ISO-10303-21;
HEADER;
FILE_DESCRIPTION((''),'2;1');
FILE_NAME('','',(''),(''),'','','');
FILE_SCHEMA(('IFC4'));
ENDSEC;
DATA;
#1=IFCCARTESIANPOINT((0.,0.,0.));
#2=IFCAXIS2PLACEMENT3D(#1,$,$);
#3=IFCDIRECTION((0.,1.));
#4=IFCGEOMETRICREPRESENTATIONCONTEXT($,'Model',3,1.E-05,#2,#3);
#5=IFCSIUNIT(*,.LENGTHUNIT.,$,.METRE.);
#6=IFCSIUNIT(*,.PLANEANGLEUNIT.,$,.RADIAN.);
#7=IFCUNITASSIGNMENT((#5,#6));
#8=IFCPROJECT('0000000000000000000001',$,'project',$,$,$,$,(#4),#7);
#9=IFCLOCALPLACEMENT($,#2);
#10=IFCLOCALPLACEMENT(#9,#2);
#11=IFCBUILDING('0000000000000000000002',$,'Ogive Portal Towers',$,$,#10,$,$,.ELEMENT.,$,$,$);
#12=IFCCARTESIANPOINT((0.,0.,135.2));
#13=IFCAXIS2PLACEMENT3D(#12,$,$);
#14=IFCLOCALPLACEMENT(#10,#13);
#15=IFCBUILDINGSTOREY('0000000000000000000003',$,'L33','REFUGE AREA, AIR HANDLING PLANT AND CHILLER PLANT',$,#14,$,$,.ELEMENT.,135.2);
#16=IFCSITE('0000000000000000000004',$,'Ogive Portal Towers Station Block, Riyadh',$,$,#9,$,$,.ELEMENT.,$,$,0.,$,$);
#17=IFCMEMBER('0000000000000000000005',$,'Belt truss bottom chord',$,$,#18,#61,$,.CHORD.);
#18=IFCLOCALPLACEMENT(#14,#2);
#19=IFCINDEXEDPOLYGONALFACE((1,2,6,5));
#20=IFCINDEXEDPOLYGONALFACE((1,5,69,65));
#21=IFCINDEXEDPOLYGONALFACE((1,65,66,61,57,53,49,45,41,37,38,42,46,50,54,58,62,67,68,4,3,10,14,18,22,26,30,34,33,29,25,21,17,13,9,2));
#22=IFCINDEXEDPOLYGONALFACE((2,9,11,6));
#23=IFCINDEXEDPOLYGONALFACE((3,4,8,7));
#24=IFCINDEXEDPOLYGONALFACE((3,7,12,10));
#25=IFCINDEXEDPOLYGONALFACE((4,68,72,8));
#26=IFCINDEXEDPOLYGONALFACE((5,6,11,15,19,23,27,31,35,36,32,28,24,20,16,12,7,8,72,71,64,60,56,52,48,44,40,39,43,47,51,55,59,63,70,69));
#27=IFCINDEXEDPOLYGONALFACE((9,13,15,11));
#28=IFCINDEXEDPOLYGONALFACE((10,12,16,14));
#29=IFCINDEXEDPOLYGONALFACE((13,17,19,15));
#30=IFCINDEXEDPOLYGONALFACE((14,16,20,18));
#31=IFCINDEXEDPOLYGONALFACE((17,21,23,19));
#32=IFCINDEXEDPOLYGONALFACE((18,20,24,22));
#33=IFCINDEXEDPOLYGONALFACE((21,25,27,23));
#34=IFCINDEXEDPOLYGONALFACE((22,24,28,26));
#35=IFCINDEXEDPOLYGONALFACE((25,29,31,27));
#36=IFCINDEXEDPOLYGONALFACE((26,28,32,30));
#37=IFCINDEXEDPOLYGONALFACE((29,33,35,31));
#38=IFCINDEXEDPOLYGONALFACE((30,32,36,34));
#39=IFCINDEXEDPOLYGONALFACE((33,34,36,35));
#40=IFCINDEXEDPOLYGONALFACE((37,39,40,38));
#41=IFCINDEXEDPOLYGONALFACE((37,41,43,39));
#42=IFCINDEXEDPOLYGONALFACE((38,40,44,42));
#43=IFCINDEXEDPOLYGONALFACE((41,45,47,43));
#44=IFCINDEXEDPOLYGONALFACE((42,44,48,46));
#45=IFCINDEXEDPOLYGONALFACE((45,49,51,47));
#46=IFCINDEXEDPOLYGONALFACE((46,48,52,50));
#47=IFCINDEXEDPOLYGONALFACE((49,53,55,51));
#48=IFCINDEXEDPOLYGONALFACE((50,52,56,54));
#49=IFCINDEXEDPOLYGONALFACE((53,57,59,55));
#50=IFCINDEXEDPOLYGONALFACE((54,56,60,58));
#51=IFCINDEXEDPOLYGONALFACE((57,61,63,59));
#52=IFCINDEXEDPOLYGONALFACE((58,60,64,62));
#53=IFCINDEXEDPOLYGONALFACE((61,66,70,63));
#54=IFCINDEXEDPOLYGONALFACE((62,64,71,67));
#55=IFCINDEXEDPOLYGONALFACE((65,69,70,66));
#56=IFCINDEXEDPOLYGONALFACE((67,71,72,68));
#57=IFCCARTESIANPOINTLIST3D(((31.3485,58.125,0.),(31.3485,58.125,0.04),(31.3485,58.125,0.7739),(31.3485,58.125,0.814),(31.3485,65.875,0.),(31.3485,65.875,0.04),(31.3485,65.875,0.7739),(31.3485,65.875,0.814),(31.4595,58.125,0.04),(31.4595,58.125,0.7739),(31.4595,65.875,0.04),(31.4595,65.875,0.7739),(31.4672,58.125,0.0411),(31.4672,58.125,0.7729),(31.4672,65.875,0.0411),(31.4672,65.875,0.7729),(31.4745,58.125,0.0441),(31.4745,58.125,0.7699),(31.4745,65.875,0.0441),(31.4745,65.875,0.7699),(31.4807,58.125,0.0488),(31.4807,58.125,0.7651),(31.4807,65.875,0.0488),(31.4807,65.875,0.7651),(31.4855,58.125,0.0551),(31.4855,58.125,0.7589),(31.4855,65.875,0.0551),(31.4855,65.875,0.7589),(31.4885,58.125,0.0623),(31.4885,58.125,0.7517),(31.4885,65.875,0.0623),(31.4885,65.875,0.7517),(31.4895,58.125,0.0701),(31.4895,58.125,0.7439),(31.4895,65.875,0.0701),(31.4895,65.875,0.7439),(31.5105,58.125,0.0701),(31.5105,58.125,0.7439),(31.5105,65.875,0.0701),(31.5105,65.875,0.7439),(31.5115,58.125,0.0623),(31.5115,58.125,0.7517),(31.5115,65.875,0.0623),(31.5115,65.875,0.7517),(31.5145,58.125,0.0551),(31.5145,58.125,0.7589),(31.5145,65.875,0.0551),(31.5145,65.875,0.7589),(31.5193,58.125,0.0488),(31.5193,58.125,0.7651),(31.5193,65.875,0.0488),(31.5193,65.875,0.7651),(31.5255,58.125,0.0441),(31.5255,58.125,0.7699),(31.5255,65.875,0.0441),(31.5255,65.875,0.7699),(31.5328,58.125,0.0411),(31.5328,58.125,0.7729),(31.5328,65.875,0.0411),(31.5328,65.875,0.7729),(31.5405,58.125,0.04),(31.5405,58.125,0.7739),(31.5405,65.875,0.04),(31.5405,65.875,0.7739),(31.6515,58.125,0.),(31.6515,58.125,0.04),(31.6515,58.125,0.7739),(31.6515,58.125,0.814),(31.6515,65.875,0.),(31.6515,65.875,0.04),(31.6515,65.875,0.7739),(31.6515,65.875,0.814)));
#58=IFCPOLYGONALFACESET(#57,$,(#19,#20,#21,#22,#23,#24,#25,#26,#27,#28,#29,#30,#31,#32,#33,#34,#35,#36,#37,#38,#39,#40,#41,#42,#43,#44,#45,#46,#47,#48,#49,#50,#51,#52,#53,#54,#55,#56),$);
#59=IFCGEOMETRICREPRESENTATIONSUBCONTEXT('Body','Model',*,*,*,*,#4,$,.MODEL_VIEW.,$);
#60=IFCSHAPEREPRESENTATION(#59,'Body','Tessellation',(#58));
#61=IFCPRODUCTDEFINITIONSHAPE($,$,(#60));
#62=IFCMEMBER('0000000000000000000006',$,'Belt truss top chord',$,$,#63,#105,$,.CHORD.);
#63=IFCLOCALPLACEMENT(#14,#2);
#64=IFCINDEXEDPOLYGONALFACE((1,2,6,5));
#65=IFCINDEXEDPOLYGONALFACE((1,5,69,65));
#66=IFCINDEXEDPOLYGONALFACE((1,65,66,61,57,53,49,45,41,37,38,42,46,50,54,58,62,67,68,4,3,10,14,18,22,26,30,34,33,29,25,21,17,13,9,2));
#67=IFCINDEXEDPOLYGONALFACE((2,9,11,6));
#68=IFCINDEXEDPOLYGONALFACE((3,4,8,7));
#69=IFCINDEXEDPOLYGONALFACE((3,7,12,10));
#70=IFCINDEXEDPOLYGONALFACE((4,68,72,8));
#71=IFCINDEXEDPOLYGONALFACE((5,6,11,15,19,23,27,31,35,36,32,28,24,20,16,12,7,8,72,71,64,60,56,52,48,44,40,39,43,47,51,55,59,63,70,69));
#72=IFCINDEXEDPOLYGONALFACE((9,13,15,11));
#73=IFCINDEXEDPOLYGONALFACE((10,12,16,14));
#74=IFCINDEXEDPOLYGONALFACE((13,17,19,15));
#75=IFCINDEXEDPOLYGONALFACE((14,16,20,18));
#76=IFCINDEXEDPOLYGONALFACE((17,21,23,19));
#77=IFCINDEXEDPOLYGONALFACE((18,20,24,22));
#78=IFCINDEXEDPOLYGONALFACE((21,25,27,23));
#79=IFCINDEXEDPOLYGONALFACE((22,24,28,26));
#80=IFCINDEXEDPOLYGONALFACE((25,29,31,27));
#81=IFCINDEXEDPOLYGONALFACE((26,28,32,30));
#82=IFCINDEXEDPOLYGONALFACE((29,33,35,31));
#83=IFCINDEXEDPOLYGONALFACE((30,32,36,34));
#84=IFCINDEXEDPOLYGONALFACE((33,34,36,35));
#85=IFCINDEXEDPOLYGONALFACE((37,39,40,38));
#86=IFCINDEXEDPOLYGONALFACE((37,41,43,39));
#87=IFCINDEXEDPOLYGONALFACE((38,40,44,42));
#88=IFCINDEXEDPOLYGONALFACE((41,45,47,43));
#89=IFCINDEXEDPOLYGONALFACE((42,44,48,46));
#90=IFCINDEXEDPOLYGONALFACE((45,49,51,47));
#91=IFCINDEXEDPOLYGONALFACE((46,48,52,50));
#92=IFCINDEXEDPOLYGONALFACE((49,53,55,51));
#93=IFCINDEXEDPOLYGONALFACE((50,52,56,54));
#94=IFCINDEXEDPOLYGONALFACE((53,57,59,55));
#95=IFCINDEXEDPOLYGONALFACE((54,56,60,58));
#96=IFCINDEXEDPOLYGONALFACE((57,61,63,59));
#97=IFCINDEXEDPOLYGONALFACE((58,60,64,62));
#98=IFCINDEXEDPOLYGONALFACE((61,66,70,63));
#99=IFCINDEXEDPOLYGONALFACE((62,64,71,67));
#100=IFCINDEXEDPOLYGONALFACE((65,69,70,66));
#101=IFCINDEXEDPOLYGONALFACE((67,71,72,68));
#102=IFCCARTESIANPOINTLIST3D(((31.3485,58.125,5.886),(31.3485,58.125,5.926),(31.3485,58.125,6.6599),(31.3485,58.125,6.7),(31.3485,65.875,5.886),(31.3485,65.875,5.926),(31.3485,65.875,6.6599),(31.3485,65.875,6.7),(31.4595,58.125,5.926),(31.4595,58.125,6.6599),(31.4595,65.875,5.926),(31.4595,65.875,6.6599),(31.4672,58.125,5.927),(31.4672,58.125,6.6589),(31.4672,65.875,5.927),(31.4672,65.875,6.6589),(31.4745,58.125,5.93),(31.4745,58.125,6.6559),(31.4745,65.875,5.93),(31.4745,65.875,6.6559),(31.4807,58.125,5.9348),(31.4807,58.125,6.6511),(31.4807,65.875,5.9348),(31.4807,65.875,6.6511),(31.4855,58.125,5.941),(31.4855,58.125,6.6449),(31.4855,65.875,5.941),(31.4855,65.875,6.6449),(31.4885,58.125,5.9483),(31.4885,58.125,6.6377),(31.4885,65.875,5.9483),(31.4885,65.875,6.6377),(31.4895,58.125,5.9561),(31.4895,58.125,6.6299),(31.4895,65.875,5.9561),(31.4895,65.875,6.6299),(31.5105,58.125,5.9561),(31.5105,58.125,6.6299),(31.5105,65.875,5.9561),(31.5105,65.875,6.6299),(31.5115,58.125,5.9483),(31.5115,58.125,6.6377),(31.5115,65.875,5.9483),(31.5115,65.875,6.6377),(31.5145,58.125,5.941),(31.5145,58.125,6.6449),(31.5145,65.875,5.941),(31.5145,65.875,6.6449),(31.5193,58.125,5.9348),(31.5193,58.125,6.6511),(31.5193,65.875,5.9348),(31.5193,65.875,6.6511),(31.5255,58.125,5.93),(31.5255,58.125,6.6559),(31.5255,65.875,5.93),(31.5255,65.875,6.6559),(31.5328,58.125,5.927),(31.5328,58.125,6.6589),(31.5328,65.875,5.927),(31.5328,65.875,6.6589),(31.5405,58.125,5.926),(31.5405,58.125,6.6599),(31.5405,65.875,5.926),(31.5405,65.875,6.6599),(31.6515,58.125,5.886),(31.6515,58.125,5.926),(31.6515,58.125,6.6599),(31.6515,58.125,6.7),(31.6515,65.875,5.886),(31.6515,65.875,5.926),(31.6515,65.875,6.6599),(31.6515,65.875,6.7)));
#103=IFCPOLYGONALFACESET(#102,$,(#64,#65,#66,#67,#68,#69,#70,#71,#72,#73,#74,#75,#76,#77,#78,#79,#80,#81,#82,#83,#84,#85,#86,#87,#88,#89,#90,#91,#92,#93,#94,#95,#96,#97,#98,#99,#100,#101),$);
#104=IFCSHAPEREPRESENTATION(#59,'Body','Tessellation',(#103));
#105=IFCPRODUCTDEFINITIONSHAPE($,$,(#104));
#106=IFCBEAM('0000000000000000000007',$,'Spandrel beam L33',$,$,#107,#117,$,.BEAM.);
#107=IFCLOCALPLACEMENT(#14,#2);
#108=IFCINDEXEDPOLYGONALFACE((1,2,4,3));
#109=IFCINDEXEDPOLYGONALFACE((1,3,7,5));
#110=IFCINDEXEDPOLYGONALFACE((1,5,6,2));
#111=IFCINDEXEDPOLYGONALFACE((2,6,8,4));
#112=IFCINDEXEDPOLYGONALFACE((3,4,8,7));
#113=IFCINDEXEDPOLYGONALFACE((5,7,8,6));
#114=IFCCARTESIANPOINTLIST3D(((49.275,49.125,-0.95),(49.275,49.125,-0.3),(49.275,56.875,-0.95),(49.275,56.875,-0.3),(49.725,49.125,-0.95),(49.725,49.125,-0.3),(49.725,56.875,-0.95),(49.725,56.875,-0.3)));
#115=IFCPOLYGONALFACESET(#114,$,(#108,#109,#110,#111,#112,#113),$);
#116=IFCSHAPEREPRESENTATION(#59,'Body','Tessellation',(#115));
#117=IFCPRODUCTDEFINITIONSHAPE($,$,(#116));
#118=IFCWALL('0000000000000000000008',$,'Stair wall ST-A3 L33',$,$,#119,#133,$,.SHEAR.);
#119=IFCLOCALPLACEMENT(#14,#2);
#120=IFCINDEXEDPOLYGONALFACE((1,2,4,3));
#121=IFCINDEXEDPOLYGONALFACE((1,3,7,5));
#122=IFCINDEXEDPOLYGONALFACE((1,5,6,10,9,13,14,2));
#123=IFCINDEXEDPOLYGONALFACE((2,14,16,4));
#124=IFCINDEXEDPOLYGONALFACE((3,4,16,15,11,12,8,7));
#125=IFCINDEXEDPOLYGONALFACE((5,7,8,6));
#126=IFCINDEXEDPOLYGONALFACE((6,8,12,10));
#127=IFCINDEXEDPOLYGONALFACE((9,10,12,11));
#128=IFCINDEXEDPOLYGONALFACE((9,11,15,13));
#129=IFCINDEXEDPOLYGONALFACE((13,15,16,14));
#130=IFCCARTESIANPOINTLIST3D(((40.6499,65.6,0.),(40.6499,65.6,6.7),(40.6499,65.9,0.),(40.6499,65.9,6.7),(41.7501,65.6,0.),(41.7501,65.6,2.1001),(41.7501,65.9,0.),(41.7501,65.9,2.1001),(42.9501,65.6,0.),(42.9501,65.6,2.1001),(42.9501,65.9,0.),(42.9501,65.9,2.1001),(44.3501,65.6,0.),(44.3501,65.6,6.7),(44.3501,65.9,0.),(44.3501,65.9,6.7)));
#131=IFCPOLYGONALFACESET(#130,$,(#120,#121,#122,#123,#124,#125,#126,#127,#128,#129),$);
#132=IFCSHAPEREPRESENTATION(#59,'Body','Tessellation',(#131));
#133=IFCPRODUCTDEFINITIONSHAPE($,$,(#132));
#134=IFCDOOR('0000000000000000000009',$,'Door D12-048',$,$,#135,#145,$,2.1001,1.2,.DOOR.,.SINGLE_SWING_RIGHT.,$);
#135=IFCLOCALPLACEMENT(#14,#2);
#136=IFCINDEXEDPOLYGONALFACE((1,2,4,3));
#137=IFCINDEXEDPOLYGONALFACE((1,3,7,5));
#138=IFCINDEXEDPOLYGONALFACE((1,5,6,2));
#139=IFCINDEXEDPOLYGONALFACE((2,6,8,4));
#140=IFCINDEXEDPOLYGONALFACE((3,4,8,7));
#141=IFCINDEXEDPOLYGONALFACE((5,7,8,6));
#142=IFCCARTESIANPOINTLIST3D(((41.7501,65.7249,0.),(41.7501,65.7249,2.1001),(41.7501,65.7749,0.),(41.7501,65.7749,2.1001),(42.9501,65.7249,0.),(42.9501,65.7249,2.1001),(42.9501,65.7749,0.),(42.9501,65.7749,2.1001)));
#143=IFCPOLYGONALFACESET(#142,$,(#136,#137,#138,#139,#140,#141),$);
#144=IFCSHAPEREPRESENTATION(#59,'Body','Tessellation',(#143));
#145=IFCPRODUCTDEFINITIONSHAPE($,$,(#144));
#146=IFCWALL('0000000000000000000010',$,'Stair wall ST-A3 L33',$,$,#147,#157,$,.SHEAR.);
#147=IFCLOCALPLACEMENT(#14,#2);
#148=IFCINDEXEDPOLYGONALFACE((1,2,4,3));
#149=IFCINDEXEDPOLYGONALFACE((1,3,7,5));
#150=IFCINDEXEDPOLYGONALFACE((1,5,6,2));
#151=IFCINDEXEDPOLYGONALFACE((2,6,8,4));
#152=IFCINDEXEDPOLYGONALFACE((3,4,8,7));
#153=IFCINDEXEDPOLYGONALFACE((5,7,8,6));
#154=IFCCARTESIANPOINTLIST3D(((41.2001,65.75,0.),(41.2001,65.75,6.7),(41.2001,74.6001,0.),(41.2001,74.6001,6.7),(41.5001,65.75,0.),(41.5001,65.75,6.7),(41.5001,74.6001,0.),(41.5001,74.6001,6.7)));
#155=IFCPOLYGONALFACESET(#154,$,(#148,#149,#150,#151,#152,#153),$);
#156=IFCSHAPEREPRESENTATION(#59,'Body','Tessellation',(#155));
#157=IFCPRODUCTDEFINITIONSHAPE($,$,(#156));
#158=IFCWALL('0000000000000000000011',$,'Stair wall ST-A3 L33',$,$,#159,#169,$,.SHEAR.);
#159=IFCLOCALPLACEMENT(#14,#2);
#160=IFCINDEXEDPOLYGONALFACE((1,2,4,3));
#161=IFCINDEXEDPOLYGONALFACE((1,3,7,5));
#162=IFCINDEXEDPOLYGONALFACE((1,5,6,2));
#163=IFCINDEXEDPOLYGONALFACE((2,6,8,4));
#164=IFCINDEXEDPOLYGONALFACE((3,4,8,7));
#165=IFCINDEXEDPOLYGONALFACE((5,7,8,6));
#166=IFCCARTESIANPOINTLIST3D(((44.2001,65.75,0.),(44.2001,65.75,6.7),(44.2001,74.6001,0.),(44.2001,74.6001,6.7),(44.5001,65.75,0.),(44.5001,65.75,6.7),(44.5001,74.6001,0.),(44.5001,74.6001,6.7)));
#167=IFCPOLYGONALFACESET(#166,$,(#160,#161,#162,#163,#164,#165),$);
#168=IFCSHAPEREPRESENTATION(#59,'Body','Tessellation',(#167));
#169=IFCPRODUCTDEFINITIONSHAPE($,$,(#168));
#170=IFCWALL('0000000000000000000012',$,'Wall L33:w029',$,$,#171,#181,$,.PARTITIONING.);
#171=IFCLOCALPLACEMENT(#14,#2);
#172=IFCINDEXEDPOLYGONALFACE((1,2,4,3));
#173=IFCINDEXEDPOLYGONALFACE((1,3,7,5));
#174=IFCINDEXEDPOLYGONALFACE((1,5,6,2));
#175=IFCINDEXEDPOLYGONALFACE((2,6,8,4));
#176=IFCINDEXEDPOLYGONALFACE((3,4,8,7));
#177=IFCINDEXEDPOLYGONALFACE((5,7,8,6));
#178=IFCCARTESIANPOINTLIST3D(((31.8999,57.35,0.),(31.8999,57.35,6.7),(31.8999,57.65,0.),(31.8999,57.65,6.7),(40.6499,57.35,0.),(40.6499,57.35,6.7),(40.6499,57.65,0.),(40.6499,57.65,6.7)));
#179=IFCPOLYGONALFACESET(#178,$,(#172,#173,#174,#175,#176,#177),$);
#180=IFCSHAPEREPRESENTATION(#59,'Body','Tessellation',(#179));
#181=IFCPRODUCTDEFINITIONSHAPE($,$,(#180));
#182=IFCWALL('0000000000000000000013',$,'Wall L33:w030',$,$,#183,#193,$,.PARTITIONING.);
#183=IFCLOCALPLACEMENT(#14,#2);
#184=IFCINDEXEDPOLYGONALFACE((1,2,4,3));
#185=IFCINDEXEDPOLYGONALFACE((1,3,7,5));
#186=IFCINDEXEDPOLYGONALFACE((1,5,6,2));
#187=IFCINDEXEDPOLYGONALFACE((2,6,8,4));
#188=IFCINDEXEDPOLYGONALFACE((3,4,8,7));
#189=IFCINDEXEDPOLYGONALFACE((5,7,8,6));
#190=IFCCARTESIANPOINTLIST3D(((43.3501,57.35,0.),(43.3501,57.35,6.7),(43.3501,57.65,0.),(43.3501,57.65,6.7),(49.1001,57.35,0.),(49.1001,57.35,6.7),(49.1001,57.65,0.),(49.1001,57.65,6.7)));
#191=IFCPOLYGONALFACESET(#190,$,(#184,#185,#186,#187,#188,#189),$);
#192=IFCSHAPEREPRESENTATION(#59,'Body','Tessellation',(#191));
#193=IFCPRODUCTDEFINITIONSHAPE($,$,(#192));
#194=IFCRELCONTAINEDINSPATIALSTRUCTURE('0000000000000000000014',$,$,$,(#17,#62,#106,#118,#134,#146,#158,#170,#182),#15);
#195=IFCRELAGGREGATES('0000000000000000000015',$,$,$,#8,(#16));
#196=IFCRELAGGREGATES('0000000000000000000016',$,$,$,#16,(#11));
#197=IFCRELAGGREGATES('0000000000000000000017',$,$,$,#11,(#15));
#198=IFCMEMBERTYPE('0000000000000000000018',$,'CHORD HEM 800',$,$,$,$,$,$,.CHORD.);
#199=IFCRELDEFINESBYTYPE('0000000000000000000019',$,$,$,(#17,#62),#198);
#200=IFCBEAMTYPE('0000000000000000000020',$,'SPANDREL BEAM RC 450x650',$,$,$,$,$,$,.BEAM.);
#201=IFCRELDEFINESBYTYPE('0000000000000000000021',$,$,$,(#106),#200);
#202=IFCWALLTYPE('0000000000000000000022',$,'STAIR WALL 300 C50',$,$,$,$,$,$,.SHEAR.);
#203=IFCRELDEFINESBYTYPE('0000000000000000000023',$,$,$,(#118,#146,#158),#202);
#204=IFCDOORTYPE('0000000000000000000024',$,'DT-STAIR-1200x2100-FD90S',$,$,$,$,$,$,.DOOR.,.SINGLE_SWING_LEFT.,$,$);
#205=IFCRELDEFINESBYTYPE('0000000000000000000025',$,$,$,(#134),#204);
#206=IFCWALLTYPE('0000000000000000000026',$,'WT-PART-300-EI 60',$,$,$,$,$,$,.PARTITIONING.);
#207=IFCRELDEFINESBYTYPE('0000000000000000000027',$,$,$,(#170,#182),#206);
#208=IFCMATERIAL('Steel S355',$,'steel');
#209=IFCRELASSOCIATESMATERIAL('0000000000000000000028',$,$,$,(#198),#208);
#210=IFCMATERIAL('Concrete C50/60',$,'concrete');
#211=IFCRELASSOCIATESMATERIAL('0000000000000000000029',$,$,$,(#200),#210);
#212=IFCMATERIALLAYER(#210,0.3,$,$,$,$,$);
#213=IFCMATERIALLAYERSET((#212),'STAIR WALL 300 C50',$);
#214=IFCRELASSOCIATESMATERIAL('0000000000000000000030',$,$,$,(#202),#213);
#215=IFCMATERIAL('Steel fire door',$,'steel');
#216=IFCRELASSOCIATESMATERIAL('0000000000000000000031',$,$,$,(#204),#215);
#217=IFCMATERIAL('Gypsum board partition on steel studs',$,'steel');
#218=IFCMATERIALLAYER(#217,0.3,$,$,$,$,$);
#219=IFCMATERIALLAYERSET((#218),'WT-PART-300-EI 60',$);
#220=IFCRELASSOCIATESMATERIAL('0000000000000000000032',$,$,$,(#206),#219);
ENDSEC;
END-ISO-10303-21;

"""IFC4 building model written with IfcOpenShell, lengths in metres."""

from ifc_helpers import new_model, si_unit, direction, frame, frame_2d, origin, origin_2d, place, context, subcontext, project, spatial, rectangle, i_section, extrude, material, layer, layer_set, material_profile, profile_set, type_object, element, fill, save


model = new_model("IFC4")

# Units and contexts
model_context = context("Model", 3, precision=1e-05, world=origin(), true_north=direction((0.0, 1.0)))
body_context = subcontext(model_context, "Body", "Model", "MODEL_VIEW")
ifc_project = project(units=[si_unit("LENGTHUNIT", "METRE"), si_unit("PLANEANGLEUNIT", "RADIAN")], contexts=[model_context])

# Site, building, storey
site_placement = place(None, origin())
site = spatial("IfcSite", under=ifc_project, at=site_placement, Name="Ogive Portal Towers Station Block, Riyadh", CompositionType="ELEMENT", RefElevation=0.0)
building_placement = place(site_placement, origin())
building = spatial("IfcBuilding", under=site, at=building_placement, Name="Ogive Portal Towers", CompositionType="ELEMENT")
storey_placement = place(building_placement, frame((0.0, 0.0, 135.2)))
storey = spatial("IfcBuildingStorey", under=building, at=storey_placement, Name="L33", Description="REFUGE AREA, AIR HANDLING PLANT AND CHILLER PLANT", CompositionType="ELEMENT", Elevation=135.2)

# Members
ifc_material_1 = material(Name="Steel S355", Category="steel")
ifc_material_profile_1 = material_profile(ifc_material_1, i_section(OverallWidth=0.303, OverallDepth=0.814, WebThickness=0.021, FlangeThickness=0.04, FilletRadius=0.03, at=origin_2d()), Name="HEM 800")
ifc_profile_set_1 = profile_set([ifc_material_profile_1], Name="Steel S355")
member_type_1 = type_object("IfcMemberType", Name="CHORD HEM 800", PredefinedType="CHORD", material=ifc_profile_set_1)
for number, where, z_axis, x_axis, name in (
    (1, (31.5, 65.875, 0.407), (0.0, -1.0, 0.0), (1.0, 0.0, 0.0), "Belt truss bottom chord"),
    (2, (31.5, 65.875, 6.293), (0.0, -1.0, 0.0), (1.0, 0.0, 0.0), "Belt truss top chord"),
):
    element("IfcMember", number, at=place(storey_placement, frame(where, z_axis=z_axis, x_axis=x_axis)), inside=storey, type_object=member_type_1, Name=name, PredefinedType="CHORD", context=body_context, shape_type="SweptSolid", body=[
        extrude(i_section(OverallWidth=0.303, OverallDepth=0.814, WebThickness=0.021, FlangeThickness=0.04, FilletRadius=0.03, at=origin_2d()), origin(), (0.0, 0.0, 1.0), 7.75),
    ])

# Beam
ifc_material_2 = material(Name="Concrete C50/60", Category="concrete")
ifc_material_profile_2 = material_profile(ifc_material_2, rectangle(XDim=0.45, YDim=0.6499, at=origin_2d()), Name="RC 450x650")
ifc_profile_set_2 = profile_set([ifc_material_profile_2], Name="Concrete C50/60")
beam_type = type_object("IfcBeamType", Name="SPANDREL BEAM RC 450x650", PredefinedType="BEAM", material=ifc_profile_set_2)
beam_placement = place(storey_placement, frame((49.5, 56.875, -0.625), z_axis=(0.0, -1.0, 0.0), x_axis=(1.0, 0.0, 0.0)))
element("IfcBeam", 3, at=beam_placement, inside=storey, type_object=beam_type, Name="Spandrel beam L33", PredefinedType="BEAM", context=body_context, shape_type="SweptSolid", body=[
    extrude(rectangle(XDim=0.45, YDim=0.6499, at=origin_2d()), origin(), (0.0, 0.0, 1.0), 7.75),
])

# Wall, opening, door
ifc_layer_1 = layer(ifc_material_2, 0.3)
ifc_layer_set_1 = layer_set([ifc_layer_1], Name="STAIR WALL 300 C50")
wall_type_1 = type_object("IfcWallType", Name="STAIR WALL 300 C50", PredefinedType="SHEAR", material=ifc_layer_set_1)
wall_1_placement = place(storey_placement, frame((40.6499, 65.75, 0.0), z_axis=(0.0, 0.0, 1.0), x_axis=(1.0, 0.0, 0.0)))
wall_1 = element("IfcWall", 4, at=wall_1_placement, inside=storey, type_object=wall_type_1, Name="Stair wall ST-A3 L33", PredefinedType="SHEAR", context=body_context, shape_type="SweptSolid", body=[
    extrude(rectangle(XDim=3.7002, YDim=0.3, at=frame_2d((1.8501, 0.0))), origin(), (0.0, 0.0, 1.0), 6.7),
])
opening_placement = place(wall_1_placement, frame((1.1001, 0.0, 0.0)))
opening = element("IfcOpeningElement", 5, at=opening_placement, cuts=wall_1, PredefinedType="OPENING", context=body_context, shape_type="SweptSolid", body=[
    extrude(rectangle(XDim=1.2, YDim=2.1001, at=frame_2d((0.6001, 1.05))), frame((0.0, 0.1602, 0.0), z_axis=(0.0, -1.0, 0.0), x_axis=(1.0, 0.0, 0.0)), (0.0, 0.0, 1.0), 0.3201),
])
ifc_material_3 = material(Name="Steel fire door", Category="steel")
door_type = type_object("IfcDoorType", Name="DT-STAIR-1200x2100-FD90S", OperationType="SINGLE_SWING_LEFT", PredefinedType="DOOR", material=ifc_material_3)
door_placement = place(opening_placement, origin())
door = element("IfcDoor", 6, at=door_placement, inside=storey, type_object=door_type, Name="Door D12-048", OperationType="SINGLE_SWING_RIGHT", OverallHeight=2.1001, OverallWidth=1.2, PredefinedType="DOOR", context=body_context, shape_type="SweptSolid", body=[
    extrude(rectangle(XDim=1.2, YDim=2.1001, at=frame_2d((0.6001, 1.05))), frame((0.0, 0.0249, 0.0), z_axis=(0.0, -1.0, 0.0), x_axis=(1.0, 0.0, 0.0)), (0.0, 0.0, 1.0), 0.05),
])
fill(opening, door)

# Walls
for number, where, z_axis, x_axis, name in (
    (7, (41.3501, 65.75, 0.0), (0.0, 0.0, 1.0), (0.0, 1.0, 0.0), "Stair wall ST-A3 L33"),
    (8, (44.3501, 65.75, 0.0), (0.0, 0.0, 1.0), (0.0, 1.0, 0.0), "Stair wall ST-A3 L33"),
):
    element("IfcWall", number, at=place(storey_placement, frame(where, z_axis=z_axis, x_axis=x_axis)), inside=storey, type_object=wall_type_1, Name=name, PredefinedType="SHEAR", context=body_context, shape_type="SweptSolid", body=[
        extrude(rectangle(XDim=8.8501, YDim=0.3, at=frame_2d((4.425, 0.0))), origin(), (0.0, 0.0, 1.0), 6.7),
    ])
ifc_material_4 = material(Name="Gypsum board partition on steel studs", Category="steel")
ifc_layer_2 = layer(ifc_material_4, 0.3)
ifc_layer_set_2 = layer_set([ifc_layer_2], Name="WT-PART-300-EI 60")
wall_type_2 = type_object("IfcWallType", Name="WT-PART-300-EI 60", PredefinedType="PARTITIONING", material=ifc_layer_set_2)
wall_2_placement = place(storey_placement, frame((31.8999, 57.5, 0.0), z_axis=(0.0, 0.0, 1.0), x_axis=(1.0, 0.0, 0.0)))
element("IfcWall", 9, at=wall_2_placement, inside=storey, type_object=wall_type_2, Name="Wall L33:w029", PredefinedType="PARTITIONING", context=body_context, shape_type="SweptSolid", body=[
    extrude(rectangle(XDim=8.75, YDim=0.3, at=frame_2d((4.375, 0.0))), origin(), (0.0, 0.0, 1.0), 6.7),
])
wall_3_placement = place(storey_placement, frame((43.3501, 57.5, 0.0), z_axis=(0.0, 0.0, 1.0), x_axis=(1.0, 0.0, 0.0)))
element("IfcWall", 10, at=wall_3_placement, inside=storey, type_object=wall_type_2, Name="Wall L33:w030", PredefinedType="PARTITIONING", context=body_context, shape_type="SweptSolid", body=[
    extrude(rectangle(XDim=5.75, YDim=0.3, at=frame_2d((2.875, 0.0))), origin(), (0.0, 0.0, 1.0), 6.7),
])

save(model, "model.ifc")
